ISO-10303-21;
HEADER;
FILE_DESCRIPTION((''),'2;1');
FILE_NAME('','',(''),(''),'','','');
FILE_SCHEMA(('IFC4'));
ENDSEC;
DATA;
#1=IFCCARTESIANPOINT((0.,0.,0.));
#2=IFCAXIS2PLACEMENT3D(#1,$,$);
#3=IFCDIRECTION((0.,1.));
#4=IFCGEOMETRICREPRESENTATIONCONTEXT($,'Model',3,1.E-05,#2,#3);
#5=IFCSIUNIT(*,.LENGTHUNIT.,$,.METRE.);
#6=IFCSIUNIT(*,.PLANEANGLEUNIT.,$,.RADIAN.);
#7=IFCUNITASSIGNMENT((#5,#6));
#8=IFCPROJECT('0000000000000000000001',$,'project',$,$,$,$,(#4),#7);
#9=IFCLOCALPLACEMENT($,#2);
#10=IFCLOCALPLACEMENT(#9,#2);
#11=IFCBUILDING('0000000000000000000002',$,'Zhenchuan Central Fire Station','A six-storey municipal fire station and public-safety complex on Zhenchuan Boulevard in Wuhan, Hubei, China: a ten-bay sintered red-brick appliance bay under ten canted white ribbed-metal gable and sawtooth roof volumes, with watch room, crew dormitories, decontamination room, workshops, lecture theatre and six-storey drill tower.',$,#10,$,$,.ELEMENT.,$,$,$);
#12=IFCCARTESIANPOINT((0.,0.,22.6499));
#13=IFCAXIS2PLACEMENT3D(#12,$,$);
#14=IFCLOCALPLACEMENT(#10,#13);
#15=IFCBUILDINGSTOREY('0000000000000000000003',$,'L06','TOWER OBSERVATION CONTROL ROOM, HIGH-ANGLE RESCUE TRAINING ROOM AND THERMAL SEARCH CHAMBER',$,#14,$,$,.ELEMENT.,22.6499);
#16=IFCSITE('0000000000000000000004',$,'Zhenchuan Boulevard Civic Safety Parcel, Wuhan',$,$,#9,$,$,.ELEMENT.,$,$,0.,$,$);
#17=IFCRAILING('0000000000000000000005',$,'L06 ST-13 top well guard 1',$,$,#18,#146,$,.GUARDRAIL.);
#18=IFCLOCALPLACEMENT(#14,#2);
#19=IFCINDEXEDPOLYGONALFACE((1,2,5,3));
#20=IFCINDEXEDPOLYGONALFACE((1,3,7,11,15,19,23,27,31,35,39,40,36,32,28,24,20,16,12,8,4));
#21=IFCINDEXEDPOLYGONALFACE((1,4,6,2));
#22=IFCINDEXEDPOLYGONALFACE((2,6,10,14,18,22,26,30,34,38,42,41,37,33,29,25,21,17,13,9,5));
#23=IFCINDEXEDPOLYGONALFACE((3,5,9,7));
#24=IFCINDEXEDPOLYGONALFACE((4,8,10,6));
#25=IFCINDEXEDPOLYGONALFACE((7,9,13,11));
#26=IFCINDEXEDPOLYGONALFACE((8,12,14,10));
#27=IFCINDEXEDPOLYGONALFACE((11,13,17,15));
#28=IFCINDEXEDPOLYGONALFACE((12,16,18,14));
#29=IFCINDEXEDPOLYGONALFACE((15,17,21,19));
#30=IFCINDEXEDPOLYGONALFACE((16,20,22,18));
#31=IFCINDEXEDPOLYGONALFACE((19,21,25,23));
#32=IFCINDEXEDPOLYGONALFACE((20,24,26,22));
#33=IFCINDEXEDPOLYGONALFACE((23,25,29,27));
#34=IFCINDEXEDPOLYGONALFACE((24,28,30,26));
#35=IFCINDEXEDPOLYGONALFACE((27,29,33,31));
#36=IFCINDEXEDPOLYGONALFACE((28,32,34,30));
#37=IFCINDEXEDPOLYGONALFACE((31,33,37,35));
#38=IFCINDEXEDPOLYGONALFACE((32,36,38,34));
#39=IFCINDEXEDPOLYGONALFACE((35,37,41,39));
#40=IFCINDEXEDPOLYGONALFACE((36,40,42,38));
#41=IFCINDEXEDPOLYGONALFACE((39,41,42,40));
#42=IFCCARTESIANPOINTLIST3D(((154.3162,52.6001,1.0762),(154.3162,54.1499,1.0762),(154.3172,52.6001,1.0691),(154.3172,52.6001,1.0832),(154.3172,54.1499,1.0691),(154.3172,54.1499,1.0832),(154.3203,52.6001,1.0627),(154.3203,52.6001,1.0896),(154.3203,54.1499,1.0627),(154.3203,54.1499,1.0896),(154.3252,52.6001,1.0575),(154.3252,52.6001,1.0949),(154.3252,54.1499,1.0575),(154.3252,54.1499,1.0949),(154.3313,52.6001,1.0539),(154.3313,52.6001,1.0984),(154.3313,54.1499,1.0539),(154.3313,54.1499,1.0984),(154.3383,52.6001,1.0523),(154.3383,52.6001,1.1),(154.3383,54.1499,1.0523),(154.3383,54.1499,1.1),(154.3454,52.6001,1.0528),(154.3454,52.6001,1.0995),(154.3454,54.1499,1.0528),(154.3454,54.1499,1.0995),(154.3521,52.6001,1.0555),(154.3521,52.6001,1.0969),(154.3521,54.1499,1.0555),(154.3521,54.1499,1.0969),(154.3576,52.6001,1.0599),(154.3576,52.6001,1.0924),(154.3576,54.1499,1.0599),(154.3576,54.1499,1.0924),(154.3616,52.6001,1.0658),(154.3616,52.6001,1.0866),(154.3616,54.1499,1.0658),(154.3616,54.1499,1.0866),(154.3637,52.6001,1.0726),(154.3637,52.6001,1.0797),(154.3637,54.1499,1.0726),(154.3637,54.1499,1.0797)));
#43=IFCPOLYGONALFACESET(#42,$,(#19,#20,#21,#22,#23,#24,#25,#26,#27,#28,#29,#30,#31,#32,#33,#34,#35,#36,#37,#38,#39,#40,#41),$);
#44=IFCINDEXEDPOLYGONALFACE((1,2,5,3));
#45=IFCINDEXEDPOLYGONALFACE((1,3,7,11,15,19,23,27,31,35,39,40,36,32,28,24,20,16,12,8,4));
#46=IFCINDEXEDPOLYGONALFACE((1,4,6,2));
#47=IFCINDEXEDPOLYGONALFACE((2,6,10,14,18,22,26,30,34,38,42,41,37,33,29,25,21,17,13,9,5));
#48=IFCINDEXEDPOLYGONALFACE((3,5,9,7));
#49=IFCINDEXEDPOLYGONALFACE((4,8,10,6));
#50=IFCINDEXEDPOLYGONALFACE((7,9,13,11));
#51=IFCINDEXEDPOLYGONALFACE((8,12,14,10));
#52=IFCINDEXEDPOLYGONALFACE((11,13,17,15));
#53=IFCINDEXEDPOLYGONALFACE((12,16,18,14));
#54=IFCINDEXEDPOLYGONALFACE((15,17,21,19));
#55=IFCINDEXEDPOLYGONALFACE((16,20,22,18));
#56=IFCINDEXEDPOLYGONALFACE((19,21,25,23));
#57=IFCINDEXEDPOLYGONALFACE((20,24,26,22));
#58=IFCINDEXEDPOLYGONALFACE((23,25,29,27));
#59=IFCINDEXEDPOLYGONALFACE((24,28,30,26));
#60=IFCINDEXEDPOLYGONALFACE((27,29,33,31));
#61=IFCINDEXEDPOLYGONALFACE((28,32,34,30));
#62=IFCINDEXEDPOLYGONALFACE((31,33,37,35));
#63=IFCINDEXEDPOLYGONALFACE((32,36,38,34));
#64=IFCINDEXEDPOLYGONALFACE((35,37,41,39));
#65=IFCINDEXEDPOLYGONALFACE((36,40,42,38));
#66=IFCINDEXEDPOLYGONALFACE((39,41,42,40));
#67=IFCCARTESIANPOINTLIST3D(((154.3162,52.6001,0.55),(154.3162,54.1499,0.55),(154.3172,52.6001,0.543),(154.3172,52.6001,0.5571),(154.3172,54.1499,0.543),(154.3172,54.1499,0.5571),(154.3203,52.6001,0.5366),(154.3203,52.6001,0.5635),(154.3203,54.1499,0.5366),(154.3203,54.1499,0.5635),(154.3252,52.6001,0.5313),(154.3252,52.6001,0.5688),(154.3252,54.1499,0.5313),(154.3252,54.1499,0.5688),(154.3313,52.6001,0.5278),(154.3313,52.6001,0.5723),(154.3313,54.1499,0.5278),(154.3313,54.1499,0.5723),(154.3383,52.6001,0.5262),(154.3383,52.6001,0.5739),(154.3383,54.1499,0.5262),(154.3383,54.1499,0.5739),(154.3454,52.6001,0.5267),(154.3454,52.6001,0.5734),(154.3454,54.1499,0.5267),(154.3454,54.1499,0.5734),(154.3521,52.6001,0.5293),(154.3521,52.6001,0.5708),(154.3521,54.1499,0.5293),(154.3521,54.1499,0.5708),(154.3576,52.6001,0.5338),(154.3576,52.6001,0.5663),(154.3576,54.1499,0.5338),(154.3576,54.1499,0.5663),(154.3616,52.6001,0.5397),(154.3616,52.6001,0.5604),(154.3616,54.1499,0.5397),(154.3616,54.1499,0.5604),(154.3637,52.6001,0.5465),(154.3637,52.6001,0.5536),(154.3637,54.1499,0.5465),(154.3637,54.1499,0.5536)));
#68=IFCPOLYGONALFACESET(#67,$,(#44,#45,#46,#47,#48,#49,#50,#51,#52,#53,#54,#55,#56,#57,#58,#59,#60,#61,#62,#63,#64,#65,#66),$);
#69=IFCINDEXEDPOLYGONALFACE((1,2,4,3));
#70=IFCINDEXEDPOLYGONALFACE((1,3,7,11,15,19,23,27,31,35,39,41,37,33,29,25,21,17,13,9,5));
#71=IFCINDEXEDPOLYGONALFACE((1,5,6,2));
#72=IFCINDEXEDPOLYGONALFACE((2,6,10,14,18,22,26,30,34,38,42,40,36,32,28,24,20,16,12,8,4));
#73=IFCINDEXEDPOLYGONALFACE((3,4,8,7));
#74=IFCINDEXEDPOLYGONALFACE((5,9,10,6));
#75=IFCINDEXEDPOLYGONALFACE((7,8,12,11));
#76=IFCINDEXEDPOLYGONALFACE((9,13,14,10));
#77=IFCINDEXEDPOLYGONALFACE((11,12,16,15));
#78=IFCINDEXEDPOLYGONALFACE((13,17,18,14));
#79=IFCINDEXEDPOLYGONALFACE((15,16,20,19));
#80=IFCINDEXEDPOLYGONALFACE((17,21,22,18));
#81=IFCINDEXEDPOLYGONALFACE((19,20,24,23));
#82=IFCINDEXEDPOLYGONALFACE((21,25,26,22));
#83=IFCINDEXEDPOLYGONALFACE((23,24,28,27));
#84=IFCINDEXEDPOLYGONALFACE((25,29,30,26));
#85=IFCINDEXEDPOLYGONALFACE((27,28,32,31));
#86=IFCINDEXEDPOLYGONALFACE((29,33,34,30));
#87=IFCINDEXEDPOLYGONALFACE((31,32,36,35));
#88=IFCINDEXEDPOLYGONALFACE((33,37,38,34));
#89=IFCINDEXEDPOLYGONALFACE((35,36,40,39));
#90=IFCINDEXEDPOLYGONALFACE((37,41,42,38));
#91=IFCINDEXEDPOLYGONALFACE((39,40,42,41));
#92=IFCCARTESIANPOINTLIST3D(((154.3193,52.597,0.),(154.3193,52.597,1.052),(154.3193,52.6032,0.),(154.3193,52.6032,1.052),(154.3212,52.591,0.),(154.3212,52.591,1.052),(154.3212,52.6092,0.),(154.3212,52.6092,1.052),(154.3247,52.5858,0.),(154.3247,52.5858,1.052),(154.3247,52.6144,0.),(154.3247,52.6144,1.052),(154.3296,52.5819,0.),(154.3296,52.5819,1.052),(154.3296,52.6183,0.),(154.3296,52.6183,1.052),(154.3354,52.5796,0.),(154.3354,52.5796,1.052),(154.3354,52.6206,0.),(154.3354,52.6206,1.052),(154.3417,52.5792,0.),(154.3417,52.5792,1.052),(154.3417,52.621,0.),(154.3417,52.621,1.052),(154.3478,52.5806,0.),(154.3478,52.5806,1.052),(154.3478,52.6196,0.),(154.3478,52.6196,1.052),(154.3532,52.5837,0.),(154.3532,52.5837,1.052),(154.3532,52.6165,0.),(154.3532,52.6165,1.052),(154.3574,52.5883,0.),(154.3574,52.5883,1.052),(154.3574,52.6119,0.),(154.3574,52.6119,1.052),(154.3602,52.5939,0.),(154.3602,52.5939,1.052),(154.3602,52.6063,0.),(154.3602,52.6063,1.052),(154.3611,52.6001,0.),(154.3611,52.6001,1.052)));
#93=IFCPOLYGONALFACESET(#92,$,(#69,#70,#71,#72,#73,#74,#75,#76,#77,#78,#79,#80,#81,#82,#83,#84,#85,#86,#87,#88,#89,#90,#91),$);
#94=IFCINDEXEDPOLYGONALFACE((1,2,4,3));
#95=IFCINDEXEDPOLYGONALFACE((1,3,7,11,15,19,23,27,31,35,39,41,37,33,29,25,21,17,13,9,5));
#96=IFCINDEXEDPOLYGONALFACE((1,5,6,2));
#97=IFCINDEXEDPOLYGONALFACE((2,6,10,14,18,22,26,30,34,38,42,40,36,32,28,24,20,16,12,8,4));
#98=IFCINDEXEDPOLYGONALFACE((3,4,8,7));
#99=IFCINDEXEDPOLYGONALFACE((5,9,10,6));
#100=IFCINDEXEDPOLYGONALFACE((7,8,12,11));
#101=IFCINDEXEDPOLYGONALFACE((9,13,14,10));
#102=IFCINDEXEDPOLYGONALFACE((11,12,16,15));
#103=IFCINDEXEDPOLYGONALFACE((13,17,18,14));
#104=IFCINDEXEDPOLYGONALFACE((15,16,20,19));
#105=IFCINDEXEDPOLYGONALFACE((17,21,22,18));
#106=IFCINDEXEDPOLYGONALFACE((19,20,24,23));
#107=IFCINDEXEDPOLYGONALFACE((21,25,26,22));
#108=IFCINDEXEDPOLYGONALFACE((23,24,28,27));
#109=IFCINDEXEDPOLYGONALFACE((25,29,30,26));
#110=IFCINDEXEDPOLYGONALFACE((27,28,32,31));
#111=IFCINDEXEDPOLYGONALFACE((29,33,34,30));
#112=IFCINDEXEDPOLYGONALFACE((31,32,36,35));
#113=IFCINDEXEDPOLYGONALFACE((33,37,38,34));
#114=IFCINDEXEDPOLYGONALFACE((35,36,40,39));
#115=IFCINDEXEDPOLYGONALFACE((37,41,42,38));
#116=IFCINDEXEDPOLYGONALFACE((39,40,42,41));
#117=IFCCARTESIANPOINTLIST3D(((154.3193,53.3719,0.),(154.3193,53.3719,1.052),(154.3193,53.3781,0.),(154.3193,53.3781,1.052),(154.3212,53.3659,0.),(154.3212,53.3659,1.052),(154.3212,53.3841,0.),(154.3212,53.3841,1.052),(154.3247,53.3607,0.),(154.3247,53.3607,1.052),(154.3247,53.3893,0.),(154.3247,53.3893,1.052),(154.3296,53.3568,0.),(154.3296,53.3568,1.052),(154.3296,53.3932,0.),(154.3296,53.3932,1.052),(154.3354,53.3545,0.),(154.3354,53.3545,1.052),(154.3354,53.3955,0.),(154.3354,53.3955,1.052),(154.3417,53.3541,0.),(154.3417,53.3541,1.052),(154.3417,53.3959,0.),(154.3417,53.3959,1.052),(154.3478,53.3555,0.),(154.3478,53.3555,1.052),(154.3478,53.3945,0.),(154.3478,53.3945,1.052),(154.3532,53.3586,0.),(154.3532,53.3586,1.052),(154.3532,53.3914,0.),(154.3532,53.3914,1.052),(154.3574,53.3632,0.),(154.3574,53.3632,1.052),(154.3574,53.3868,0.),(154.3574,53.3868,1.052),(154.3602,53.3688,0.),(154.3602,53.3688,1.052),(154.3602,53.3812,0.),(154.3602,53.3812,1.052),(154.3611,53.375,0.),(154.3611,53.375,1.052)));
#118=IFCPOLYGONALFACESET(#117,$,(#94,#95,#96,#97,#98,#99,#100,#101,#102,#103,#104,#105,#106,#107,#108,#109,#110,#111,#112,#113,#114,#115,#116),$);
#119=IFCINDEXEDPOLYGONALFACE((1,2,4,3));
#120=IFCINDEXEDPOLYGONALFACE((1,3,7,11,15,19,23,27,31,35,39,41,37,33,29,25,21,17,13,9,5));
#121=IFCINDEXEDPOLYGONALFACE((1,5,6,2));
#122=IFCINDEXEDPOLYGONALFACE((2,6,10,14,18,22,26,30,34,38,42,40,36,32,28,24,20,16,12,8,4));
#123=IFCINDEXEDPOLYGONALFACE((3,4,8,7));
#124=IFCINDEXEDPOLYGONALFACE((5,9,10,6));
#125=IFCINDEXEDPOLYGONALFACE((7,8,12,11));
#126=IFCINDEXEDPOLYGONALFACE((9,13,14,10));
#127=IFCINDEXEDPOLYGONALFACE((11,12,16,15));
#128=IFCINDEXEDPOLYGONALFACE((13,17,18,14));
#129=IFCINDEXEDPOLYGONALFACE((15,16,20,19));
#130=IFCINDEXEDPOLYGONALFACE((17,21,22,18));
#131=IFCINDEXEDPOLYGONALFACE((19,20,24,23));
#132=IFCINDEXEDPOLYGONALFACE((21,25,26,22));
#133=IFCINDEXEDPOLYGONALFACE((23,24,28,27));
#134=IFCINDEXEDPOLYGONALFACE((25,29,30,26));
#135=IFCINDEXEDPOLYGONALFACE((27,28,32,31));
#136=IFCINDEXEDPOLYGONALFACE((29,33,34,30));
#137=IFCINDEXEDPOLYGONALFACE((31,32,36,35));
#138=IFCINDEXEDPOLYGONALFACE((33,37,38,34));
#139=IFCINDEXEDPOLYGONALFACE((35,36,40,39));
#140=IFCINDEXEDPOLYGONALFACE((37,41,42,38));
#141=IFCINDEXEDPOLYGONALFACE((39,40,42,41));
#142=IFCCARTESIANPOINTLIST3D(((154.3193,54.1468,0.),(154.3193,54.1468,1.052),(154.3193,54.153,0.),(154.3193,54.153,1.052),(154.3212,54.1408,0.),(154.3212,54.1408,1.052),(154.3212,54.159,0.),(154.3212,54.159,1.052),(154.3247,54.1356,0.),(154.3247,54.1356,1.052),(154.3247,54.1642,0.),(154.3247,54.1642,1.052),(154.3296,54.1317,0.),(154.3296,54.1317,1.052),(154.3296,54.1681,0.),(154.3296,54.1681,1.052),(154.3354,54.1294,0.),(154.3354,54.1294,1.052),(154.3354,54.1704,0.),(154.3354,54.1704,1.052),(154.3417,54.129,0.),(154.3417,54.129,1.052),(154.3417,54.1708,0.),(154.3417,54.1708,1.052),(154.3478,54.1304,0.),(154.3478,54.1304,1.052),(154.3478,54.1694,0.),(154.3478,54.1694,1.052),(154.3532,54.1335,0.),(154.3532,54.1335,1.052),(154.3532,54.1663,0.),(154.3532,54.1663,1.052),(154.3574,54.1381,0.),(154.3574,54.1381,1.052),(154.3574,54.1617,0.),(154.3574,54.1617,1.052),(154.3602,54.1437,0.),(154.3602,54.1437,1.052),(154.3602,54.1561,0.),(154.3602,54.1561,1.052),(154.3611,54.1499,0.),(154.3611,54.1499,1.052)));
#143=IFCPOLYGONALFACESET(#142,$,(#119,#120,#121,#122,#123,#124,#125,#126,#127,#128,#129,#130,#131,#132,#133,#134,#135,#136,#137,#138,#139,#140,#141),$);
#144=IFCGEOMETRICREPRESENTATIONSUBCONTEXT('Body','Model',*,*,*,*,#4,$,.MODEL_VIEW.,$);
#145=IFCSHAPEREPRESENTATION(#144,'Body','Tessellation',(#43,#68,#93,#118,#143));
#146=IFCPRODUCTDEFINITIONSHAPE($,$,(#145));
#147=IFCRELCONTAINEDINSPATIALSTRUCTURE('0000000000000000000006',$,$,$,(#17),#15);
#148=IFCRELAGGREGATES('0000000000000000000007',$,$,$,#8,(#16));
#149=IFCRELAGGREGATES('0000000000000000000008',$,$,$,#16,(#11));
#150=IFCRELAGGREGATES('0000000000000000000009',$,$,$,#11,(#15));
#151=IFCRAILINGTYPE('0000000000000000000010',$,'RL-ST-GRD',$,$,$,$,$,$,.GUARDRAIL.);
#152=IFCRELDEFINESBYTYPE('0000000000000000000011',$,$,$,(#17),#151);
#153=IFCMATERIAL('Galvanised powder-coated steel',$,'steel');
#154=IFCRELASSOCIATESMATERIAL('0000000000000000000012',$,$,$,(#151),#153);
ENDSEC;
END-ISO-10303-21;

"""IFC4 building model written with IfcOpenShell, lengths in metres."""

from ifc_helpers import new_model, si_unit, direction, frame, origin, origin_2d, place, context, subcontext, project, spatial, circle, extrude, material, type_object, element, save


model = new_model("IFC4")

# Units and contexts
model_context = context("Model", 3, precision=1e-05, world=origin(), true_north=direction((0.0, 1.0)))
body_context = subcontext(model_context, "Body", "Model", "MODEL_VIEW")
ifc_project = project(units=[si_unit("LENGTHUNIT", "METRE"), si_unit("PLANEANGLEUNIT", "RADIAN")], contexts=[model_context])

# Site, building, storey
site_placement = place(None, origin())
site = spatial("IfcSite", under=ifc_project, at=site_placement, Name="Zhenchuan Boulevard Civic Safety Parcel, Wuhan", CompositionType="ELEMENT", RefElevation=0.0)
building_placement = place(site_placement, origin())
building = spatial("IfcBuilding", under=site, at=building_placement, Name="Zhenchuan Central Fire Station", Description="A six-storey municipal fire station and public-safety complex on Zhenchuan Boulevard in Wuhan, Hubei, China: a ten-bay sintered red-brick appliance bay under ten canted white ribbed-metal gable and sawtooth roof volumes, with watch room, crew dormitories, decontamination room, workshops, lecture theatre and six-storey drill tower.", CompositionType="ELEMENT")
storey_placement = place(building_placement, frame((0.0, 0.0, 22.6499)))
storey = spatial("IfcBuildingStorey", under=building, at=storey_placement, Name="L06", Description="TOWER OBSERVATION CONTROL ROOM, HIGH-ANGLE RESCUE TRAINING ROOM AND THERMAL SEARCH CHAMBER", CompositionType="ELEMENT", Elevation=22.6499)

# Railing
ifc_material_1 = material(Name="Galvanised powder-coated steel", Category="steel")
railing_type = type_object("IfcRailingType", Name="RL-ST-GRD", PredefinedType="GUARDRAIL", material=ifc_material_1)
railing_placement = place(storey_placement, frame((154.3401, 52.6001, 0.0)))
element("IfcRailing", 1, at=railing_placement, inside=storey, type_object=railing_type, Name="L06 ST-13 top well guard 1", PredefinedType="GUARDRAIL", context=body_context, shape_type="SweptSolid", body=[
    extrude(circle(Radius=0.0239, at=origin_2d()), frame((0.0, 0.0, 1.0762), z_axis=(0.0, 1.0, 0.0), x_axis=(-1.0, 0.0, 0.0)), (0.0, 0.0, 1.0), 1.5498),
    extrude(circle(Radius=0.0239, at=origin_2d()), frame((0.0, 0.0, 0.55), z_axis=(0.0, 1.0, 0.0), x_axis=(-1.0, 0.0, 0.0)), (0.0, 0.0, 1.0), 1.5498),
    extrude(circle(Radius=0.021, at=origin_2d()), origin(), (0.0, 0.0, 1.0), 1.052),
    extrude(circle(Radius=0.021, at=origin_2d()), frame((0.0, 0.7749, 0.0)), (0.0, 0.0, 1.0), 1.052),
    extrude(circle(Radius=0.021, at=origin_2d()), frame((0.0, 1.5498, 0.0)), (0.0, 0.0, 1.0), 1.052),
])

save(model, "model.ifc")
